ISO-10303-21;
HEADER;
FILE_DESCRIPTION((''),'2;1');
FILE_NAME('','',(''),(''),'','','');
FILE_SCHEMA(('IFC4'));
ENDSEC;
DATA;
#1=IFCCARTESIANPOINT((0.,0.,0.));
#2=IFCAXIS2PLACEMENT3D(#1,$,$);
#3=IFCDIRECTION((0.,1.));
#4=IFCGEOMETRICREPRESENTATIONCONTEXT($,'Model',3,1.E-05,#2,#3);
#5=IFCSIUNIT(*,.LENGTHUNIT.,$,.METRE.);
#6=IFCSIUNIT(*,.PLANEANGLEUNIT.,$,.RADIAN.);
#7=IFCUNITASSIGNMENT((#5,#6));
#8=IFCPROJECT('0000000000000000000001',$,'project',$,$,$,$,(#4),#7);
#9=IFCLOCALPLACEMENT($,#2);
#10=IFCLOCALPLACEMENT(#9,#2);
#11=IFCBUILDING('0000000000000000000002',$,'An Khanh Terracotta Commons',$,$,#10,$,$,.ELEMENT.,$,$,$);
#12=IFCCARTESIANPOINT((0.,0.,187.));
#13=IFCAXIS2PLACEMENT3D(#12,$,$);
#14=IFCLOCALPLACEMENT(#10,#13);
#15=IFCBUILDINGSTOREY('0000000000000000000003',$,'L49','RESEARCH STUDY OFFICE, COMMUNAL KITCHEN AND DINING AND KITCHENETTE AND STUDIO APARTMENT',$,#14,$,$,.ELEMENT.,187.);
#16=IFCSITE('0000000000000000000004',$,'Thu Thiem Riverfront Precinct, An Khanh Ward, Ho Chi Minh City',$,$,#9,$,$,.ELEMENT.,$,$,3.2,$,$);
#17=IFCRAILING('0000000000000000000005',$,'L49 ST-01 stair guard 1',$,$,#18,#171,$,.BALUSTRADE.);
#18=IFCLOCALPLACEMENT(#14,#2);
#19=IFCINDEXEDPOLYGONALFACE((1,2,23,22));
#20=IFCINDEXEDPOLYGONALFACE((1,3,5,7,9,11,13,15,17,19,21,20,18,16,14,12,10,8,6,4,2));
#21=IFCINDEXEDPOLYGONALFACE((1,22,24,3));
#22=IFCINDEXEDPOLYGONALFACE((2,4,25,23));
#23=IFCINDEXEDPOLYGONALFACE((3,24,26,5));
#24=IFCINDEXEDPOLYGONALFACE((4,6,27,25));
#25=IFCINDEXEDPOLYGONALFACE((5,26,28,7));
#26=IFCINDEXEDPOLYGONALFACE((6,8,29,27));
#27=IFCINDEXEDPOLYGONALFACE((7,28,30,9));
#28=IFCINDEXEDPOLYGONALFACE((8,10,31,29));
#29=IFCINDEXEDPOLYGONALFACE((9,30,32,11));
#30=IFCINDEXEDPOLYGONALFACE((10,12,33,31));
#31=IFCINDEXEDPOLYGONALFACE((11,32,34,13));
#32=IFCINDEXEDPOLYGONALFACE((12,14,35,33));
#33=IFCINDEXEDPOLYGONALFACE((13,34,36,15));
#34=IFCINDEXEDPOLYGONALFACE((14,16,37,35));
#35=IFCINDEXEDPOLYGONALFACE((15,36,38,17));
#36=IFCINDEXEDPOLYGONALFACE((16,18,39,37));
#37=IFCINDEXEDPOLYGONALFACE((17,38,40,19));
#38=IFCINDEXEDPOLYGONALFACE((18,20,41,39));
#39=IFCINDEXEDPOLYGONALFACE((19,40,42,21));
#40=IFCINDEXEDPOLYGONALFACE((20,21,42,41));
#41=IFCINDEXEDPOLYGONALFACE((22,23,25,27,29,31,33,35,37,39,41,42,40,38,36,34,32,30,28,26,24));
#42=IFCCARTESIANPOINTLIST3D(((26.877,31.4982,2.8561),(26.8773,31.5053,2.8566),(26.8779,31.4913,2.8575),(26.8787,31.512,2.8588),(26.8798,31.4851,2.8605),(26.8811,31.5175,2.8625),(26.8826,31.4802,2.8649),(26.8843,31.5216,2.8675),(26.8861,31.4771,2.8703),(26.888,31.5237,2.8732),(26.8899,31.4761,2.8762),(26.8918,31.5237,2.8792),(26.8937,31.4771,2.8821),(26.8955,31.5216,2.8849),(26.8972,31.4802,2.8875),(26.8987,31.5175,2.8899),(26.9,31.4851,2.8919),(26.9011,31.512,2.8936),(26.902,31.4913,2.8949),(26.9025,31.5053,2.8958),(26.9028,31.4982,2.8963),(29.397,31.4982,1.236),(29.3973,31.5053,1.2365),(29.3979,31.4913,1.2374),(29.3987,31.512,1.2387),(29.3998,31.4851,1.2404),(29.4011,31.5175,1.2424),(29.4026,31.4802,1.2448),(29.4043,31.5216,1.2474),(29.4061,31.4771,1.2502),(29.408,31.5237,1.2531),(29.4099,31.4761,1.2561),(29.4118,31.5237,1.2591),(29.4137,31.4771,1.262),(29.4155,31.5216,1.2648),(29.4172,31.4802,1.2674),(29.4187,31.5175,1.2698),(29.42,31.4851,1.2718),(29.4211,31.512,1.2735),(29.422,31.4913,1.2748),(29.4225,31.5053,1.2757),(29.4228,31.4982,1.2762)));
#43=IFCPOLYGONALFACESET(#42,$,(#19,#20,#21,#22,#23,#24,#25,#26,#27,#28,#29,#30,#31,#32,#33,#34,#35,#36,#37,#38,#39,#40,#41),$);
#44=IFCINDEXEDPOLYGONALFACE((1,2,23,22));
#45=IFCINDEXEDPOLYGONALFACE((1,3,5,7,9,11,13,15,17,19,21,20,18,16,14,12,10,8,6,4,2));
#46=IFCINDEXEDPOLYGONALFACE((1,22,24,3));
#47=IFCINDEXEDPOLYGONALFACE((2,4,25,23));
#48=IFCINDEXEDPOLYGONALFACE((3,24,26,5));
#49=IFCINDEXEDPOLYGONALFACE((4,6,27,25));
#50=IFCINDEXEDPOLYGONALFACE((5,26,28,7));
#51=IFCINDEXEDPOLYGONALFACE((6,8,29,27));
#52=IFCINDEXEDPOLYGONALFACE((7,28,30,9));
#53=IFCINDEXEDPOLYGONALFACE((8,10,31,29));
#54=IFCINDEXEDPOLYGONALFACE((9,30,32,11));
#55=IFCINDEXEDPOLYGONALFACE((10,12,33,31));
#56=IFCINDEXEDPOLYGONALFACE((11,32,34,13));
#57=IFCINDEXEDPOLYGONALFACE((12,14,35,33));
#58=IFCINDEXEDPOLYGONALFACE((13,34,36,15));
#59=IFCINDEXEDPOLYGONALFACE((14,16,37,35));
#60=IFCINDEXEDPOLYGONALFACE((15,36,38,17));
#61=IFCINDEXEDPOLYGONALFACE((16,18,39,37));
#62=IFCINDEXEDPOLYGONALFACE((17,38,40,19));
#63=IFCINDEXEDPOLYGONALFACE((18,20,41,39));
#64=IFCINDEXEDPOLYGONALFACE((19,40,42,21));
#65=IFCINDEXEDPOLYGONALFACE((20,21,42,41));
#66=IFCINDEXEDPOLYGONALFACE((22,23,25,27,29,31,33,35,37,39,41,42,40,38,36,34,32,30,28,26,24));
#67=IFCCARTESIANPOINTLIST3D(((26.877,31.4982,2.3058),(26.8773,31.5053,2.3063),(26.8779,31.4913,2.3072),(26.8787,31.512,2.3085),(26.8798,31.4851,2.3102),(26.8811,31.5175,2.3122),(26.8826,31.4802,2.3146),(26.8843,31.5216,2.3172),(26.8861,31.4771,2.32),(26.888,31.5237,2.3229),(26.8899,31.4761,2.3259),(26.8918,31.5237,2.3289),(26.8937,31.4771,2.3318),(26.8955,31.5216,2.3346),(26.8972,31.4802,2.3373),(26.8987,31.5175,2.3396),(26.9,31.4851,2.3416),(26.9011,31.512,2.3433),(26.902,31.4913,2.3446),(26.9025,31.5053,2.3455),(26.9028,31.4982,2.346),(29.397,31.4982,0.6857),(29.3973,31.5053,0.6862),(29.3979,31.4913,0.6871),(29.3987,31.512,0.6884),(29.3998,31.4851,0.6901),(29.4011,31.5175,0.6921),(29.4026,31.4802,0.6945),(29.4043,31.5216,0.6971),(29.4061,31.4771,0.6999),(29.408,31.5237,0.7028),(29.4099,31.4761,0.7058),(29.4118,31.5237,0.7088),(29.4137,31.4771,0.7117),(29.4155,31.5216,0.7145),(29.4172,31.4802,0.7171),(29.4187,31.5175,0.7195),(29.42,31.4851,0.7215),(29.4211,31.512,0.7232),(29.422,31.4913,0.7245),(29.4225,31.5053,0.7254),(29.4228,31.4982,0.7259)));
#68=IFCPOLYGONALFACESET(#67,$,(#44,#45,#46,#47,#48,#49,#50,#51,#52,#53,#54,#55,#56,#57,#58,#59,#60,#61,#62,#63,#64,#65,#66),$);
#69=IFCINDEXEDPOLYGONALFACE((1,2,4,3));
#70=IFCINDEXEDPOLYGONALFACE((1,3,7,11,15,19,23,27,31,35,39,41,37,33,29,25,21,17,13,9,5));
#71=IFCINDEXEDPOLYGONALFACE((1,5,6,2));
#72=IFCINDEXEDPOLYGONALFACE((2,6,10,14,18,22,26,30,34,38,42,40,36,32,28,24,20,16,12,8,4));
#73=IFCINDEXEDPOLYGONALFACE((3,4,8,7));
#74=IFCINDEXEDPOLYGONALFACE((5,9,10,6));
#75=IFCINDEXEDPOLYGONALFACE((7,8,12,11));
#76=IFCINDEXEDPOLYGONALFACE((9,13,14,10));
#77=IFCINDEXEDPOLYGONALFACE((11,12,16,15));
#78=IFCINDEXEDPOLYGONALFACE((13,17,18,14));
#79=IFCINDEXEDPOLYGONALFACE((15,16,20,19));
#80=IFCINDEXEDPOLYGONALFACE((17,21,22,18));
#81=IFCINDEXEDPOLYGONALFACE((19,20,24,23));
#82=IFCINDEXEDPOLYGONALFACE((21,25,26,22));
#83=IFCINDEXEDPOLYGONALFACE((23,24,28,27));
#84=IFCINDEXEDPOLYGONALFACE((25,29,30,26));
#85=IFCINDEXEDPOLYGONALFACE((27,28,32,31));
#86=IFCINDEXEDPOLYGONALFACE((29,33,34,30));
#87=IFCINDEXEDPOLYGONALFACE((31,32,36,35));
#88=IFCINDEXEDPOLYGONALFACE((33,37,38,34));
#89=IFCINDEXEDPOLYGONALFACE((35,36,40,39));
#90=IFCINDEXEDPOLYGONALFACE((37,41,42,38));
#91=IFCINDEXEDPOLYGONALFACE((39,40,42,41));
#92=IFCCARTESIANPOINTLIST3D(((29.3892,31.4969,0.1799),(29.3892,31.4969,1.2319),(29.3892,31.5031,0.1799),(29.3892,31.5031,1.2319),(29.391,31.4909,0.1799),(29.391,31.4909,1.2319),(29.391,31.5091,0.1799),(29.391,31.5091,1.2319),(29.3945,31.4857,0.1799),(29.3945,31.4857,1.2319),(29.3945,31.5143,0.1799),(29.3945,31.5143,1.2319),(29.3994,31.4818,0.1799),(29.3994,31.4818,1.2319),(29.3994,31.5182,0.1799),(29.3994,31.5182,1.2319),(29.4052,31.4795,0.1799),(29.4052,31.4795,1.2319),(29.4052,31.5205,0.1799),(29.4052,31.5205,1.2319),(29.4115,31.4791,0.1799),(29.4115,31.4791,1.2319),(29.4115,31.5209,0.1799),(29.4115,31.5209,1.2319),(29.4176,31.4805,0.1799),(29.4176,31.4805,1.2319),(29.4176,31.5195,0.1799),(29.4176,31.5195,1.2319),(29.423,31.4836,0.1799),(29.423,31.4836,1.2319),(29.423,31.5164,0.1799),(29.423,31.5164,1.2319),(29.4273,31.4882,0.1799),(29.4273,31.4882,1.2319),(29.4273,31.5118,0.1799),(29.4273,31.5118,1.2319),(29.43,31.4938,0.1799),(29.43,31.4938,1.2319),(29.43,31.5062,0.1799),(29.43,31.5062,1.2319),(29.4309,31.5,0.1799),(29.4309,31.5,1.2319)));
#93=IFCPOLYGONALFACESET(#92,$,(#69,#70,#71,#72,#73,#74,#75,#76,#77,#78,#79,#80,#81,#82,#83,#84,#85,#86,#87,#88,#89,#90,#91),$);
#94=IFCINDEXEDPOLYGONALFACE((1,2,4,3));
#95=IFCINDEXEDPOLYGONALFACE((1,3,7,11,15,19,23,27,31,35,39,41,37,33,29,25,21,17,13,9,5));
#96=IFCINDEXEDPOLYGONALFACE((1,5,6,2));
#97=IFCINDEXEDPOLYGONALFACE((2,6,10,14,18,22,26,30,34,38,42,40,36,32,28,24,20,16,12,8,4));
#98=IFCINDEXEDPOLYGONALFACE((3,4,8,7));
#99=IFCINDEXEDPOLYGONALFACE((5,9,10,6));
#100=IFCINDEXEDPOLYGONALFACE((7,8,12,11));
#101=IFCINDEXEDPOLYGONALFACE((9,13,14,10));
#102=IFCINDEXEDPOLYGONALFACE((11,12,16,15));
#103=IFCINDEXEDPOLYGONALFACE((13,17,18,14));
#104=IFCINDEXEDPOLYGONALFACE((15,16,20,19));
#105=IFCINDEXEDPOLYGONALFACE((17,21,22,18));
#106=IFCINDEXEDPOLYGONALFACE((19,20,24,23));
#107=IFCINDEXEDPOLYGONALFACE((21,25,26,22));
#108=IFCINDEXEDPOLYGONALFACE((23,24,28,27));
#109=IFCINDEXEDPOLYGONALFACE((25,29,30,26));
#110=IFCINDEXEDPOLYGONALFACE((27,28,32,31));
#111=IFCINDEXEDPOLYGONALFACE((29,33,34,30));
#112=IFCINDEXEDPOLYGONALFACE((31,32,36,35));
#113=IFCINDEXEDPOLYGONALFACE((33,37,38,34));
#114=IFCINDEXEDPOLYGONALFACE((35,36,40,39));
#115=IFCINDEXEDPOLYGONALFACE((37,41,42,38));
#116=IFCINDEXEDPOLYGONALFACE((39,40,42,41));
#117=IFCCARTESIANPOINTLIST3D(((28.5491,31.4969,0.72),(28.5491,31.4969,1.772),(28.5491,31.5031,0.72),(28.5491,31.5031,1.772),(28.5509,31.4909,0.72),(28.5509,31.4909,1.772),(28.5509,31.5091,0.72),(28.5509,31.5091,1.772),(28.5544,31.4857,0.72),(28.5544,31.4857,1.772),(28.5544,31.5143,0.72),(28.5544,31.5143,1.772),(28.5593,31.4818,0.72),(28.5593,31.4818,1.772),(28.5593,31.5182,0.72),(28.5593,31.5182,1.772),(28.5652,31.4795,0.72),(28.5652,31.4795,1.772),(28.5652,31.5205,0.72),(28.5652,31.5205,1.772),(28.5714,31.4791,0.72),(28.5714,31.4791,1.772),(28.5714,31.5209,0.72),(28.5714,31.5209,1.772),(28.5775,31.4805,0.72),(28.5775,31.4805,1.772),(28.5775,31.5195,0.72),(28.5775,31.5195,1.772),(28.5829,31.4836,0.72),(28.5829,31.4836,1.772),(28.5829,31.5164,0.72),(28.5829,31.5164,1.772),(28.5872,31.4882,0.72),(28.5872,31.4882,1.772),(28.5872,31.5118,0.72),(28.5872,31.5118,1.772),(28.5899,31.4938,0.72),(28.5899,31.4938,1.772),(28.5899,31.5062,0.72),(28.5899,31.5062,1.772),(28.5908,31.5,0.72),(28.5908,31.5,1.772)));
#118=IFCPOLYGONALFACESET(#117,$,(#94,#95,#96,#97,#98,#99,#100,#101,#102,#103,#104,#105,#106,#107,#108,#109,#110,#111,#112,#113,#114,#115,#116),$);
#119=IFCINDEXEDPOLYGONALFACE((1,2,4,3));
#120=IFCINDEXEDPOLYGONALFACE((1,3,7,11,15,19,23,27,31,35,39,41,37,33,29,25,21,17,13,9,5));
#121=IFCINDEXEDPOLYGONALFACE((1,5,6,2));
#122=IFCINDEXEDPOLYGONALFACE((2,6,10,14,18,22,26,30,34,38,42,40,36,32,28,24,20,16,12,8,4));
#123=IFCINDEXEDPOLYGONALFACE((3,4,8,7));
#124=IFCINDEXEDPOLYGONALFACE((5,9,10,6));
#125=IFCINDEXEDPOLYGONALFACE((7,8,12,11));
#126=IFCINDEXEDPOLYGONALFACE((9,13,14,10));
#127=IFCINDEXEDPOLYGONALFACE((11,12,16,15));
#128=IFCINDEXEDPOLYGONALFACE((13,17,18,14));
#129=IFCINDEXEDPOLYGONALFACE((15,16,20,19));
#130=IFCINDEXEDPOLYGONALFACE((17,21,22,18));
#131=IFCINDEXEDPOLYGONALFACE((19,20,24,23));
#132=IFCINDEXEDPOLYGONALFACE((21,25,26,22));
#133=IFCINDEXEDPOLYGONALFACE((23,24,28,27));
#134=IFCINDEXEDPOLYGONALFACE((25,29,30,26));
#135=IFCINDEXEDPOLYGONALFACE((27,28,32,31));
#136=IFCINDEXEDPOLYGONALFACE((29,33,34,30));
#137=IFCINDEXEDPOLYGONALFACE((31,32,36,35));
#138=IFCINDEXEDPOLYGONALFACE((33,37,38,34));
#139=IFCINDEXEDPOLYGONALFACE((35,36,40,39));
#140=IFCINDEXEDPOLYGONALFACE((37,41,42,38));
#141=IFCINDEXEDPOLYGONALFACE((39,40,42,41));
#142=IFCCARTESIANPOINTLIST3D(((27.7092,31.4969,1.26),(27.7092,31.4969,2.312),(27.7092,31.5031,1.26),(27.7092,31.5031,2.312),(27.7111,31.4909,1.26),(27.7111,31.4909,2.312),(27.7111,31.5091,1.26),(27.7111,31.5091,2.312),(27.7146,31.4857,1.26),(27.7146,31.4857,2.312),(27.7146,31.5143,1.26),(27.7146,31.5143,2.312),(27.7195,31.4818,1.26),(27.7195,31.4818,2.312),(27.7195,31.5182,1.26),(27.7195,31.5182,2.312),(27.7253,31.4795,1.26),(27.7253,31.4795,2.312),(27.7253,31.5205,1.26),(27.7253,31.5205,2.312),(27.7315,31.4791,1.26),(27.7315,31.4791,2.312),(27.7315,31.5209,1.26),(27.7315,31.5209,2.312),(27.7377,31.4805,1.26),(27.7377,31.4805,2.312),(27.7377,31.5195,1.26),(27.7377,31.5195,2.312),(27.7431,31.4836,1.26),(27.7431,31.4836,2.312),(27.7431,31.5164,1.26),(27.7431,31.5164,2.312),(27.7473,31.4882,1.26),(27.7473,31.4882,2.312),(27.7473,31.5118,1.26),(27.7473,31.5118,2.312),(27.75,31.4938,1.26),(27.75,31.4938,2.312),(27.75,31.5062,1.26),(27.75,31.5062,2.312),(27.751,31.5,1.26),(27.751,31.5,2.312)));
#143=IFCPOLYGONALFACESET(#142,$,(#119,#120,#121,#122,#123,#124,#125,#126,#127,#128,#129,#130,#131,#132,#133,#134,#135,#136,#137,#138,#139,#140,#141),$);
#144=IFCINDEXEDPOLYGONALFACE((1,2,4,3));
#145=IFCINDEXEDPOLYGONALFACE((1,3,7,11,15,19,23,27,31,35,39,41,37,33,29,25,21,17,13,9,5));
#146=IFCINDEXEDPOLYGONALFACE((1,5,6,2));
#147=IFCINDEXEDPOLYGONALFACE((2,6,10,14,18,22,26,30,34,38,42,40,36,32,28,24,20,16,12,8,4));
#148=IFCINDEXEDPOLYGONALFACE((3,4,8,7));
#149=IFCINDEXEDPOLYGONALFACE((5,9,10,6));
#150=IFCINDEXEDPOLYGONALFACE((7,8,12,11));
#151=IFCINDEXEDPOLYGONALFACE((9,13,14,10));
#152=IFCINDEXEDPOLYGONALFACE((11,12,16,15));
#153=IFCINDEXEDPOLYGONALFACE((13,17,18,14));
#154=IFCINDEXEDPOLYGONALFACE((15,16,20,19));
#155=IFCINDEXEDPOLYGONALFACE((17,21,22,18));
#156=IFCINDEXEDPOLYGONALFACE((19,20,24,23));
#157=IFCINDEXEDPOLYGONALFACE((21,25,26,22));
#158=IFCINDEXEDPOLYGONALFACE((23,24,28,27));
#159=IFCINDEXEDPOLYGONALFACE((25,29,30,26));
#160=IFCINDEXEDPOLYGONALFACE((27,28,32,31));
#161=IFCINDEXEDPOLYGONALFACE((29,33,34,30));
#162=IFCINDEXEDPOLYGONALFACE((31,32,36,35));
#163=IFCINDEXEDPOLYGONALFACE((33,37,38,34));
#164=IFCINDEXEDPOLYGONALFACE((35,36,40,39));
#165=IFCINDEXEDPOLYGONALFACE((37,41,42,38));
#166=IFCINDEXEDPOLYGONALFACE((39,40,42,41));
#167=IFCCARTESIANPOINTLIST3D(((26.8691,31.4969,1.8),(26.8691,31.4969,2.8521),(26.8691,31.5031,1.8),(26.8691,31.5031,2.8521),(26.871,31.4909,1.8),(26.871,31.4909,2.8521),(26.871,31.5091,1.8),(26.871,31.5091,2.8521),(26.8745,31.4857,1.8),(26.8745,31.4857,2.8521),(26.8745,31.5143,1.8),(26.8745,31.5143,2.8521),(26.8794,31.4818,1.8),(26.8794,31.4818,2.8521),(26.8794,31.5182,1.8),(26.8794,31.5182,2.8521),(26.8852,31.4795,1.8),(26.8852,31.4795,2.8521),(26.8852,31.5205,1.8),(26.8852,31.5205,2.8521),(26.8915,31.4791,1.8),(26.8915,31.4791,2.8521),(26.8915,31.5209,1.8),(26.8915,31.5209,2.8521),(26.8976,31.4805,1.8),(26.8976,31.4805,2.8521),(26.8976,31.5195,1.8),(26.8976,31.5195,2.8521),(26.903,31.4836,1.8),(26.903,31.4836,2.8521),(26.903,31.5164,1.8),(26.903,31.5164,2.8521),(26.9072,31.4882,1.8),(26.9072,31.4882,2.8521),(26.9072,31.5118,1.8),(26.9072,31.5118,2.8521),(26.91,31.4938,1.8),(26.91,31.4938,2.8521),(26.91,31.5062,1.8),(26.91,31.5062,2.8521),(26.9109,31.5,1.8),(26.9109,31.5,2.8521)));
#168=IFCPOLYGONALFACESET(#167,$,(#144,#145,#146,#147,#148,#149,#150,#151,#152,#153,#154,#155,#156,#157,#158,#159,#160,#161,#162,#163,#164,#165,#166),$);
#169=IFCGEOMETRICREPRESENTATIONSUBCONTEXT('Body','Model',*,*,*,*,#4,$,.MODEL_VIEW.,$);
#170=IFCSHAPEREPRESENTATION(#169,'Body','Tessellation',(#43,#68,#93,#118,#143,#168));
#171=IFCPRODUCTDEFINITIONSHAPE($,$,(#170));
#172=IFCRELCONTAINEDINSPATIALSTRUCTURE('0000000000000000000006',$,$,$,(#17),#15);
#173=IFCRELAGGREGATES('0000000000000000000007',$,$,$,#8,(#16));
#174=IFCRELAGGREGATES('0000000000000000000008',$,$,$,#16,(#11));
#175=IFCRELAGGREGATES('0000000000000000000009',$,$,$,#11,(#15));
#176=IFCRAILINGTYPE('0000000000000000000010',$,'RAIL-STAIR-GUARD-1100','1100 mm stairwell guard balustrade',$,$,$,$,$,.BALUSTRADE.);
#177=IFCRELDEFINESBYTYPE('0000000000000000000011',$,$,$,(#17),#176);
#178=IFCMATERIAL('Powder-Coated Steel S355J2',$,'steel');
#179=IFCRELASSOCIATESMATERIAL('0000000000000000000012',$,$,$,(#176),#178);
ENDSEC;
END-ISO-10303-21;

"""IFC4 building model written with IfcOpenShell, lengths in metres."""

from ifc_helpers import new_model, si_unit, direction, frame, origin, origin_2d, place, context, subcontext, project, spatial, circle, extrude, material, type_object, element, save


model = new_model("IFC4")

# Units and contexts
model_context = context("Model", 3, precision=1e-05, world=origin(), true_north=direction((0.0, 1.0)))
body_context = subcontext(model_context, "Body", "Model", "MODEL_VIEW")
ifc_project = project(units=[si_unit("LENGTHUNIT", "METRE"), si_unit("PLANEANGLEUNIT", "RADIAN")], contexts=[model_context])

# Site, building, storey
site_placement = place(None, origin())
site = spatial("IfcSite", under=ifc_project, at=site_placement, Name="Thu Thiem Riverfront Precinct, An Khanh Ward, Ho Chi Minh City", CompositionType="ELEMENT", RefElevation=3.2)
building_placement = place(site_placement, origin())
building = spatial("IfcBuilding", under=site, at=building_placement, Name="An Khanh Terracotta Commons", CompositionType="ELEMENT")
storey_placement = place(building_placement, frame((0.0, 0.0, 187.0)))
storey = spatial("IfcBuildingStorey", under=building, at=storey_placement, Name="L49", Description="RESEARCH STUDY OFFICE, COMMUNAL KITCHEN AND DINING AND KITCHENETTE AND STUDIO APARTMENT", CompositionType="ELEMENT", Elevation=187.0)

# Railing
ifc_material_1 = material(Name="Powder-Coated Steel S355J2", Category="steel")
railing_type_1 = type_object("IfcRailingType", Name="RAIL-STAIR-GUARD-1100", Description="1100 mm stairwell guard balustrade", PredefinedType="BALUSTRADE", material=ifc_material_1)
railing_1_placement = place(storey_placement, frame((29.4099, 31.5, 0.1799)))
element("IfcRailing", 1, at=railing_1_placement, inside=storey, type_object=railing_type_1, Name="L49 ST-01 stair guard 1", PredefinedType="BALUSTRADE", context=body_context, shape_type="SweptSolid", body=[
    extrude(circle(Radius=0.0239, at=origin_2d()), frame((0.0, 0.0, 1.0762), z_axis=(-0.841163, 0.0, 0.540782), x_axis=(0.0, -1.0, 0.0)), (0.0, 0.0, 1.0), 2.9958),
    extrude(circle(Radius=0.0239, at=origin_2d()), frame((0.0, 0.0, 0.5259), z_axis=(-0.841163, 0.0, 0.540782), x_axis=(0.0, -1.0, 0.0)), (0.0, 0.0, 1.0), 2.9958),
    extrude(circle(Radius=0.021, at=origin_2d()), origin(), (0.0, 0.0, 1.0), 1.052),
    extrude(circle(Radius=0.021, at=origin_2d()), frame((-0.8401, 0.0, 0.54)), (0.0, 0.0, 1.0), 1.052),
    extrude(circle(Radius=0.021, at=origin_2d()), frame((-1.6799, 0.0, 1.0801)), (0.0, 0.0, 1.0), 1.052),
    extrude(circle(Radius=0.021, at=origin_2d()), frame((-2.52, 0.0, 1.6201)), (0.0, 0.0, 1.0), 1.052),
])

save(model, "model.ifc")
